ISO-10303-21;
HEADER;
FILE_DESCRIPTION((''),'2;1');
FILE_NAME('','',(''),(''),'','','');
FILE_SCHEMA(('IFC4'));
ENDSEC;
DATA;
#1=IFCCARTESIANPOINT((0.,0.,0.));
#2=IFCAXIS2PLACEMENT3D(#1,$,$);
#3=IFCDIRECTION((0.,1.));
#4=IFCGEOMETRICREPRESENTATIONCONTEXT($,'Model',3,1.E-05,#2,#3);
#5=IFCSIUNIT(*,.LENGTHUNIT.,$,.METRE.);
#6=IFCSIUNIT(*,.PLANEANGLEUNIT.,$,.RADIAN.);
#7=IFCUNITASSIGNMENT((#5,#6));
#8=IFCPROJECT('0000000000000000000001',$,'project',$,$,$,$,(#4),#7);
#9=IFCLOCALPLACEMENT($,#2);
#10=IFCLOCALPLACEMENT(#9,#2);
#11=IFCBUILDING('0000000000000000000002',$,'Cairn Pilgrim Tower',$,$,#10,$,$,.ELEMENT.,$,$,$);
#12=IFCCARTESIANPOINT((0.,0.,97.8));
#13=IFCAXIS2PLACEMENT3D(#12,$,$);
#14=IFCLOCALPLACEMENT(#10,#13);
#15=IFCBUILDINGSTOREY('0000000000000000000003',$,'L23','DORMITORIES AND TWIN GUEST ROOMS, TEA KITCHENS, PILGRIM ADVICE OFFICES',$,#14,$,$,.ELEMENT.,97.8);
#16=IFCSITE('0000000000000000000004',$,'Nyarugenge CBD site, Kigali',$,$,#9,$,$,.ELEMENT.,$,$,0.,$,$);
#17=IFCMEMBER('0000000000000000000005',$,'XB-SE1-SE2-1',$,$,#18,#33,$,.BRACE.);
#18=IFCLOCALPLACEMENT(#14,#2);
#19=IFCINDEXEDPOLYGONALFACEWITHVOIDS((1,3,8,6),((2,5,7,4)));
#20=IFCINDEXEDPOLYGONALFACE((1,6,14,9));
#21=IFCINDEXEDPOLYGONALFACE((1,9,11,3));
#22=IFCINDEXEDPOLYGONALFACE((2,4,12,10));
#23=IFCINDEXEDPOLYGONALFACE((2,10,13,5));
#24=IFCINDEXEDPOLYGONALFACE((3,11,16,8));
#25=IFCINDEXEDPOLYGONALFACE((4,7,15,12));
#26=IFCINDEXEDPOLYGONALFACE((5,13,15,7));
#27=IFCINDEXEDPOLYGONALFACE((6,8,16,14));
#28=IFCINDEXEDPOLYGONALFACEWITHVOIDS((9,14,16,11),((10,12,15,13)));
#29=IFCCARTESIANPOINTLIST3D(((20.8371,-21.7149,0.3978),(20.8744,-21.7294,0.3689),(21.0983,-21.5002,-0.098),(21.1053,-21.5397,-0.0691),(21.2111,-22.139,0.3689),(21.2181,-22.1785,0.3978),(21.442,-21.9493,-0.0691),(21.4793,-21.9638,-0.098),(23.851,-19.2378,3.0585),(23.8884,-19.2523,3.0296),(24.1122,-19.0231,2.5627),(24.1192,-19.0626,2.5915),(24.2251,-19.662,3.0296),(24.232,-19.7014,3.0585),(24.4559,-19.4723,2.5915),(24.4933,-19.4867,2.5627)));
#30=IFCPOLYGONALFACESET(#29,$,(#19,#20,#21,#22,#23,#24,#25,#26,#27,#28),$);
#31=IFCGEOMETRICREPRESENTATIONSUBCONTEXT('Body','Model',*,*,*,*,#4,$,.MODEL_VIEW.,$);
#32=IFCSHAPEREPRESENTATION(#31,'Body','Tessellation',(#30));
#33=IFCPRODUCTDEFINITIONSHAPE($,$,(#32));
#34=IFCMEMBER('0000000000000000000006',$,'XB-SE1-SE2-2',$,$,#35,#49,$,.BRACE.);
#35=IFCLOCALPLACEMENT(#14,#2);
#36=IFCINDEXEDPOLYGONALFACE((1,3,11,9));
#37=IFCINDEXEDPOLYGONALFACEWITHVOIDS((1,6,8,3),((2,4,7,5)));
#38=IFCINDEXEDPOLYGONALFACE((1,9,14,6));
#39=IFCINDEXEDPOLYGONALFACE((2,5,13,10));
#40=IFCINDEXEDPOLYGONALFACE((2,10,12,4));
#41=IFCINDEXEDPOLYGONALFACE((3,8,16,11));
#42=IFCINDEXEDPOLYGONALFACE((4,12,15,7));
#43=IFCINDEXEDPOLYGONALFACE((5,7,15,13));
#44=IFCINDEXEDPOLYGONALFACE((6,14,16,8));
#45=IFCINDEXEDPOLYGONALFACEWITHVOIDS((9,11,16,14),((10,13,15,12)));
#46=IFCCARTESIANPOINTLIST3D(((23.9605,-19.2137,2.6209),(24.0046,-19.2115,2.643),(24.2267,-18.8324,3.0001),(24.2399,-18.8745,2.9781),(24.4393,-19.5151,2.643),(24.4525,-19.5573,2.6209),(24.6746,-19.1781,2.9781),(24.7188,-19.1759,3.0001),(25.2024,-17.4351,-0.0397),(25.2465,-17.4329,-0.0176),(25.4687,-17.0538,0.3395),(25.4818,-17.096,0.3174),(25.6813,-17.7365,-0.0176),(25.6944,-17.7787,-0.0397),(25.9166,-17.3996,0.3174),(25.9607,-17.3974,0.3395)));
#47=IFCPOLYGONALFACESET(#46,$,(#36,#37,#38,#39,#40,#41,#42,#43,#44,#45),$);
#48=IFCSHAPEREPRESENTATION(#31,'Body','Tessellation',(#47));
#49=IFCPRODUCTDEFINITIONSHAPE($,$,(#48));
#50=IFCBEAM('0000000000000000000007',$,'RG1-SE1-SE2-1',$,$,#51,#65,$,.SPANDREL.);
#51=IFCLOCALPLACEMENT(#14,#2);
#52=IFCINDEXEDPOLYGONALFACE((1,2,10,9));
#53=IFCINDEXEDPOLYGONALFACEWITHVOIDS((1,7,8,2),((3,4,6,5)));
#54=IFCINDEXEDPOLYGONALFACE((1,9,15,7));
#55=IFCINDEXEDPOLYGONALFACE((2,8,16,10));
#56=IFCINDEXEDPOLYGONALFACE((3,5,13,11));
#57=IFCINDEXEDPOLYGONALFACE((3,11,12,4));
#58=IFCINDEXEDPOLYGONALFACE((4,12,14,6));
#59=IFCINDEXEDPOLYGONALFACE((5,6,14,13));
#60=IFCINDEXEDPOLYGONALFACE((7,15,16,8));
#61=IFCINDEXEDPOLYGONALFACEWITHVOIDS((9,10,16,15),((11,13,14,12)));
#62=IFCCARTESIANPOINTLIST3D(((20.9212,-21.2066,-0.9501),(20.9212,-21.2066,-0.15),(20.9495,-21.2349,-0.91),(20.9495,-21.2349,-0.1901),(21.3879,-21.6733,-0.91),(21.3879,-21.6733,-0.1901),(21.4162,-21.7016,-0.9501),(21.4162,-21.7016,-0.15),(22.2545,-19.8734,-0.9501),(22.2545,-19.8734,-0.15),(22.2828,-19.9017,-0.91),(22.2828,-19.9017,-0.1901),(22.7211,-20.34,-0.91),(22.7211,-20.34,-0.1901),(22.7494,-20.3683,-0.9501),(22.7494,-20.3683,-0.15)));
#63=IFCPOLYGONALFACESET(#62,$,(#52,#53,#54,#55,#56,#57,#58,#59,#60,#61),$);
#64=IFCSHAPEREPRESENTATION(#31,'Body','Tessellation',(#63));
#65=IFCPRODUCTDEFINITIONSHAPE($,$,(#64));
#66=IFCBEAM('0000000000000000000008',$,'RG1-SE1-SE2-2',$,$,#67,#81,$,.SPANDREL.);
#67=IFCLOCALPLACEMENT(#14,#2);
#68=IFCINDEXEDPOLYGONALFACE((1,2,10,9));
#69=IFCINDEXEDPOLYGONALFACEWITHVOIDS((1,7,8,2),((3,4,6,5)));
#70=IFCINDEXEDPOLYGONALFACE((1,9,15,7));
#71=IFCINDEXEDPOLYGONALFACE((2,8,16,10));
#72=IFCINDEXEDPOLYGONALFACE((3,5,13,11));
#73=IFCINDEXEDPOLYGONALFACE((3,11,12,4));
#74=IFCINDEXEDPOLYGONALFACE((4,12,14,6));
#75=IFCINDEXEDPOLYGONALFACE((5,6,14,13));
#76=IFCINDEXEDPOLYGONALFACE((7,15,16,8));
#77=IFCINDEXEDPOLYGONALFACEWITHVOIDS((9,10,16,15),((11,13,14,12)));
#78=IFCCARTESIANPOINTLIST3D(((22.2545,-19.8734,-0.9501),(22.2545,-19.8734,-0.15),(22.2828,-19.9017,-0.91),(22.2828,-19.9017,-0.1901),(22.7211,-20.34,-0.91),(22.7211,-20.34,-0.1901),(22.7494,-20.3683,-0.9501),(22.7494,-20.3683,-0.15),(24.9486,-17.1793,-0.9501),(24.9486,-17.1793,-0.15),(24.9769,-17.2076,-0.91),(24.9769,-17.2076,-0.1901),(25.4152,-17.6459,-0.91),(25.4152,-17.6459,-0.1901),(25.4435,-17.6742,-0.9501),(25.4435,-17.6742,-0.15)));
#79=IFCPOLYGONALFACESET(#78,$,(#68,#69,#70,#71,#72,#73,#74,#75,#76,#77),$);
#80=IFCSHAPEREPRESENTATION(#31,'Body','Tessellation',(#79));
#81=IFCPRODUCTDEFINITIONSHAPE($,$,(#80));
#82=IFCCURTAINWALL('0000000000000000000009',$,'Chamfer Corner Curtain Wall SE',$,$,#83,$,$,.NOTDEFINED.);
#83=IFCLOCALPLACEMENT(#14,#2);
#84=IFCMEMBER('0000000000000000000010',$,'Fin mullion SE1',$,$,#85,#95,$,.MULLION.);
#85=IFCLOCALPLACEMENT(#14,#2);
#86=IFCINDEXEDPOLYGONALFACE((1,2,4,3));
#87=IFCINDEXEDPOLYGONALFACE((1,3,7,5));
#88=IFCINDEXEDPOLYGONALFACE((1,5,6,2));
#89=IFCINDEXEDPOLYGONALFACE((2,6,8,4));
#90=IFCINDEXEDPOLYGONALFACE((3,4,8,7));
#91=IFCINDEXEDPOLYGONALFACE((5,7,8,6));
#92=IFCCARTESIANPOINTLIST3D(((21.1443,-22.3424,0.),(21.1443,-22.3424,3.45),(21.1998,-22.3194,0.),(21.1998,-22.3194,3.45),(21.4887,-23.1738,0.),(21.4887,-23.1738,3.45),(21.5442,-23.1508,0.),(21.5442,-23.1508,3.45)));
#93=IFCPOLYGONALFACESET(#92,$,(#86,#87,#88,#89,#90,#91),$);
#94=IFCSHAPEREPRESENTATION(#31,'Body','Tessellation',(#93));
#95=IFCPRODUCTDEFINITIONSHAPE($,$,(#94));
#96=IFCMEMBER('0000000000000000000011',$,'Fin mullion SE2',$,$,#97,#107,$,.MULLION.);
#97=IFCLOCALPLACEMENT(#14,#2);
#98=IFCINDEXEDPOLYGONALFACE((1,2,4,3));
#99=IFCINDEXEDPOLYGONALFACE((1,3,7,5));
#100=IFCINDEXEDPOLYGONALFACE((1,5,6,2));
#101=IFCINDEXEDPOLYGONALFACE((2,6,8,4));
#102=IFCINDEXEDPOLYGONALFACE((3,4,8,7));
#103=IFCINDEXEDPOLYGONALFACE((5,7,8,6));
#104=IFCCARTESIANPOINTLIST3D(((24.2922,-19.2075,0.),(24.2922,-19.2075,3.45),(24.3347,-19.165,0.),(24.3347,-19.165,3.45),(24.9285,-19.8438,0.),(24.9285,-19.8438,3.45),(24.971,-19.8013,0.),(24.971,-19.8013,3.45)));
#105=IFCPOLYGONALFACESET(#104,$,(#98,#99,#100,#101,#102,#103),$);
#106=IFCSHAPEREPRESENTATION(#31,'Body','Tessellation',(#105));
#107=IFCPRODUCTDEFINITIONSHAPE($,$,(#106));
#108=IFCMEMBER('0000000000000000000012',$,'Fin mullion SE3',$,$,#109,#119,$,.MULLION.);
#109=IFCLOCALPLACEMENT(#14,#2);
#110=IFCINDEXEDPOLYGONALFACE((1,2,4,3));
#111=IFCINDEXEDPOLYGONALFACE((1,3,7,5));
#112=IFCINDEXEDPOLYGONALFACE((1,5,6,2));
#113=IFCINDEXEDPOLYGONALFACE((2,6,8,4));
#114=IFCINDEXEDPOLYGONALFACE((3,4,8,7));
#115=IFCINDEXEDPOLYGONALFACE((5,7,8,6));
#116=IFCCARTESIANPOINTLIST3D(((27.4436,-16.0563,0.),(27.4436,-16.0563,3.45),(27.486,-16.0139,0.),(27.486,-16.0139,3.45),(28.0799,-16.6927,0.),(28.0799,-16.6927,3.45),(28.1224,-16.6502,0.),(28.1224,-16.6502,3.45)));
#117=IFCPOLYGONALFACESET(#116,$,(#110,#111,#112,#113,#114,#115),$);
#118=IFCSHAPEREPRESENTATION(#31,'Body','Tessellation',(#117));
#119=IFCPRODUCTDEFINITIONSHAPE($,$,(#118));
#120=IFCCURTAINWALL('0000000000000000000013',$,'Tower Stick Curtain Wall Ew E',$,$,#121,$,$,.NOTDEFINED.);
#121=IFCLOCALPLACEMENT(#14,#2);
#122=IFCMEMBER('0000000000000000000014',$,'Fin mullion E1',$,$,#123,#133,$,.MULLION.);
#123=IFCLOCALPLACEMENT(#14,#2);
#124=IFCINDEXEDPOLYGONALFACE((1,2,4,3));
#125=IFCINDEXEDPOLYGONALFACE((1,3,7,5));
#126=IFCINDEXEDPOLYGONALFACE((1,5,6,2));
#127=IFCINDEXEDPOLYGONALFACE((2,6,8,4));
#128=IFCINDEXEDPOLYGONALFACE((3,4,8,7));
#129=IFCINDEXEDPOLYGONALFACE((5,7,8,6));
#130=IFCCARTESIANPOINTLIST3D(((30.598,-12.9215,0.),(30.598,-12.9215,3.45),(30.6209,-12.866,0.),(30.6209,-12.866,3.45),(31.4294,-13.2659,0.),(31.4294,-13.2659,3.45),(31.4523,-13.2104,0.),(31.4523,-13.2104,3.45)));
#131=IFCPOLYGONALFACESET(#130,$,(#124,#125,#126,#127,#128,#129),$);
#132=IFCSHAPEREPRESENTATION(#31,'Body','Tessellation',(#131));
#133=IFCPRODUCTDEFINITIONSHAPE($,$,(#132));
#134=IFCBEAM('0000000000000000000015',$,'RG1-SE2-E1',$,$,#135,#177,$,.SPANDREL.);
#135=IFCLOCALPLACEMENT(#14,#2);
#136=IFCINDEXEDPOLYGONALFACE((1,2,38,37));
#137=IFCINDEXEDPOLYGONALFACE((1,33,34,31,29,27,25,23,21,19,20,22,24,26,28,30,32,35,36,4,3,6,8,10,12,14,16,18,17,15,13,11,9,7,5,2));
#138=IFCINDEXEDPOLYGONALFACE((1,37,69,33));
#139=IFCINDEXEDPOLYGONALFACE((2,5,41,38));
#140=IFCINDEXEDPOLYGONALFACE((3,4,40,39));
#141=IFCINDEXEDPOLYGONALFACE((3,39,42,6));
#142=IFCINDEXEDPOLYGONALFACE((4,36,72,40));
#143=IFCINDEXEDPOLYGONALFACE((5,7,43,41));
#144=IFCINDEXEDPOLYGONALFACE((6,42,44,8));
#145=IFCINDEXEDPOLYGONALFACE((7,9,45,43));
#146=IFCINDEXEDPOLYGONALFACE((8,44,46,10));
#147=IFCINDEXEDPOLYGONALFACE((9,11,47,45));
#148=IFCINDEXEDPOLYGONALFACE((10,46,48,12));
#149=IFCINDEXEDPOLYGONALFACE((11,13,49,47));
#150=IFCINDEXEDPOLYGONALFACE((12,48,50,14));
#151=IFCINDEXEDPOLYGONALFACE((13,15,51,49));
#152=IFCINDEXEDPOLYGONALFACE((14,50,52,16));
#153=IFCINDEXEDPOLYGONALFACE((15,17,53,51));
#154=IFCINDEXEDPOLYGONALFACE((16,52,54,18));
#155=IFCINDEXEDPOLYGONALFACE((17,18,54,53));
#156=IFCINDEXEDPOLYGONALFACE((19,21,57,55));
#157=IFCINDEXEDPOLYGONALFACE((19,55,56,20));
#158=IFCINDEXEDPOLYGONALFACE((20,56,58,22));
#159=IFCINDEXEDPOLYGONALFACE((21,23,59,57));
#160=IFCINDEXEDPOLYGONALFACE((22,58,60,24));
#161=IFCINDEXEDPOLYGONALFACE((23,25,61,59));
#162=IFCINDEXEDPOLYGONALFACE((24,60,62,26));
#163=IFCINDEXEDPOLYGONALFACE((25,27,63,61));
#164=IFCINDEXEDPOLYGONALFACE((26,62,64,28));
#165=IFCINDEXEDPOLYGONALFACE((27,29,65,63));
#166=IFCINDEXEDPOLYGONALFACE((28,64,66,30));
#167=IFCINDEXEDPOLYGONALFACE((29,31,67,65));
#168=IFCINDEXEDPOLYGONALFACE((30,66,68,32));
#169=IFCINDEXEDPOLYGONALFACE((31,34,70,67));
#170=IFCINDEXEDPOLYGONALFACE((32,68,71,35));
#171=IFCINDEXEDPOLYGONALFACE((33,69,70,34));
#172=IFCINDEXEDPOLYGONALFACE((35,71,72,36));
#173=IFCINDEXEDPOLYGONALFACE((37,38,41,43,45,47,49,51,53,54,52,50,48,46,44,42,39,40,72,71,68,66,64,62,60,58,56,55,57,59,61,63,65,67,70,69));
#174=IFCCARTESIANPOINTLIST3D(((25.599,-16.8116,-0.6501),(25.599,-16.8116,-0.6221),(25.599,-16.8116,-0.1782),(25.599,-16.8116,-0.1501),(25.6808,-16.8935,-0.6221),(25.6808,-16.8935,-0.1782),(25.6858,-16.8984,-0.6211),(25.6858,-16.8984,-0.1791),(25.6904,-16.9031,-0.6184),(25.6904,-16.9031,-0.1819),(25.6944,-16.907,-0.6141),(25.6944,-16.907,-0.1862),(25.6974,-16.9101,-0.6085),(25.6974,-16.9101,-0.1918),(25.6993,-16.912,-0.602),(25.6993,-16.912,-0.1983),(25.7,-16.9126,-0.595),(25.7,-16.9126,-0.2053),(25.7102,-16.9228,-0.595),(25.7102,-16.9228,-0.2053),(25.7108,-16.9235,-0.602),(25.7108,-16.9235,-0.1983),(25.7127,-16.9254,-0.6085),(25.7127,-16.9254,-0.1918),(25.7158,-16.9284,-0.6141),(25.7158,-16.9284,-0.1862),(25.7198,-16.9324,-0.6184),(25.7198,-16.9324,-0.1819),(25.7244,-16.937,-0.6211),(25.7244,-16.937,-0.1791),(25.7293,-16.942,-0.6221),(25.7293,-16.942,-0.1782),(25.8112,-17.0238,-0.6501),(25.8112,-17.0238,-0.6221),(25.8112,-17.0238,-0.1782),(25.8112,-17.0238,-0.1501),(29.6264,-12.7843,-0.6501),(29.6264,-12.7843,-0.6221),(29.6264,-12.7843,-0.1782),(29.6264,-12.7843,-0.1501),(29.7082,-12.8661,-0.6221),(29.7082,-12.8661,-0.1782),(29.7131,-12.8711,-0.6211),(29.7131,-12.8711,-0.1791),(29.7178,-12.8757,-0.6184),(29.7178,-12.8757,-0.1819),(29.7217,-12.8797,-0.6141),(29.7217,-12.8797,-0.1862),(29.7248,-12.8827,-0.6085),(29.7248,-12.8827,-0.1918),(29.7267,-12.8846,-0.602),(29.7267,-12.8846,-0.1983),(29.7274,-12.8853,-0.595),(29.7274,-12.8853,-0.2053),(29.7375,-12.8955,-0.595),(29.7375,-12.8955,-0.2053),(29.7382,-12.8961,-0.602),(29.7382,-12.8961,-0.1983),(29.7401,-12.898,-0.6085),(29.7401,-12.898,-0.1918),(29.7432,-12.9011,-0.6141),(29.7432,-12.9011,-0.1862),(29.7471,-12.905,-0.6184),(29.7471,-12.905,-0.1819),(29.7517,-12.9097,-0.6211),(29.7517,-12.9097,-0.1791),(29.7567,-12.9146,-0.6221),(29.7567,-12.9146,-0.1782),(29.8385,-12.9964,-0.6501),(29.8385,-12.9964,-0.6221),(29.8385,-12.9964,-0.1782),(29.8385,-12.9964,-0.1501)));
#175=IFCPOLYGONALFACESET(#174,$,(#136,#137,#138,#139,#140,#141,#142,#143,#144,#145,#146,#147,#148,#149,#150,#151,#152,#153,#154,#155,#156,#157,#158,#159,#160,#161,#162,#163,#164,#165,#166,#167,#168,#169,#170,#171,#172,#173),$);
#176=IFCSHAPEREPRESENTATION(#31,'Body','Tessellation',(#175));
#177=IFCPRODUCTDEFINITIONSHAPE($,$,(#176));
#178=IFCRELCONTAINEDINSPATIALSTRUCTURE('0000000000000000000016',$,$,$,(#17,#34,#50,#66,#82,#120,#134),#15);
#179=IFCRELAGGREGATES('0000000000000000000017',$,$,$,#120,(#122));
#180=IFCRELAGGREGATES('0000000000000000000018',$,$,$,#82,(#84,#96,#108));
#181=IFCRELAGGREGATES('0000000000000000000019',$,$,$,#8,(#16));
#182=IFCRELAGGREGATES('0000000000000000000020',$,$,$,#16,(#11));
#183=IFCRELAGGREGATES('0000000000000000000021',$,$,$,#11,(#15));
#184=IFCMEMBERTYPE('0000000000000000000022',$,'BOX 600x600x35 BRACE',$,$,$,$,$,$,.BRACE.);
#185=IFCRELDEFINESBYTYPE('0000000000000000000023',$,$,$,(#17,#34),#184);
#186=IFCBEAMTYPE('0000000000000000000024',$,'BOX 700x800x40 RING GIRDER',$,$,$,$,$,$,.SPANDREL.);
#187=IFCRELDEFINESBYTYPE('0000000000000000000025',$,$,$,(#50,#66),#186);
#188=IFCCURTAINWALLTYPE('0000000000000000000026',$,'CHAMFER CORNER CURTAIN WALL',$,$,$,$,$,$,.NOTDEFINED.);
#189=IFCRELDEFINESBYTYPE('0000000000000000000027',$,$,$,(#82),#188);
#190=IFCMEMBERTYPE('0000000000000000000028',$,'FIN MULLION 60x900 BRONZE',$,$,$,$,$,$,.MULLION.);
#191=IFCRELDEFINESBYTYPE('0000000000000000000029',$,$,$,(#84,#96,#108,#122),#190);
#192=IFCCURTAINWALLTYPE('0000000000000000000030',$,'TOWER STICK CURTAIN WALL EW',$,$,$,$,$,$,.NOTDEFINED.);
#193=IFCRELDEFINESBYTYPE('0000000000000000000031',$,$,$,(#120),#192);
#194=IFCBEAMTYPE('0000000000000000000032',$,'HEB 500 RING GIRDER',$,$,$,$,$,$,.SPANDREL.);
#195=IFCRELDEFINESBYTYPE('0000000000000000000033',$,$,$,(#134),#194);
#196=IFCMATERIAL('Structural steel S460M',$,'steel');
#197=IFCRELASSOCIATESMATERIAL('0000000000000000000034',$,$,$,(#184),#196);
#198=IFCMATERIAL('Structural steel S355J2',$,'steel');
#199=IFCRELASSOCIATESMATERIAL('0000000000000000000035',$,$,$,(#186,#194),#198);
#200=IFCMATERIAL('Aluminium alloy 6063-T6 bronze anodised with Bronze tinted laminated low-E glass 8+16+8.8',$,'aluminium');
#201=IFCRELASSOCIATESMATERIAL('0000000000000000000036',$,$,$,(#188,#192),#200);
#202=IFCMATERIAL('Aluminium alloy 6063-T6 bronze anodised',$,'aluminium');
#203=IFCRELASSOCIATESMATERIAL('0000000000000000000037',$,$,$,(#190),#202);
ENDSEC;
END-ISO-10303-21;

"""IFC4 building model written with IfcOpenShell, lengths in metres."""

from ifc_helpers import new_model, si_unit, direction, frame, origin, origin_2d, place, context, subcontext, project, spatial, rectangle, hollow_rectangle, i_section, extrude, material, material_profile, profile_set, type_object, element, aggregate, save


model = new_model("IFC4")

# Units and contexts
model_context = context("Model", 3, precision=1e-05, world=origin(), true_north=direction((0.0, 1.0)))
body_context = subcontext(model_context, "Body", "Model", "MODEL_VIEW")
ifc_project = project(units=[si_unit("LENGTHUNIT", "METRE"), si_unit("PLANEANGLEUNIT", "RADIAN")], contexts=[model_context])

# Site, building, storey
site_placement = place(None, origin())
site = spatial("IfcSite", under=ifc_project, at=site_placement, Name="Nyarugenge CBD site, Kigali", CompositionType="ELEMENT", RefElevation=0.0)
building_placement = place(site_placement, origin())
building = spatial("IfcBuilding", under=site, at=building_placement, Name="Cairn Pilgrim Tower", CompositionType="ELEMENT")
storey_placement = place(building_placement, frame((0.0, 0.0, 97.8)))
storey = spatial("IfcBuildingStorey", under=building, at=storey_placement, Name="L23", Description="DORMITORIES AND TWIN GUEST ROOMS, TEA KITCHENS, PILGRIM ADVICE OFFICES", CompositionType="ELEMENT", Elevation=97.8)

# Shared definitions
ifc_material_1 = material(Name="Structural steel S460M", Category="steel")

# Members
ifc_material_profile_1 = material_profile(ifc_material_1, hollow_rectangle(XDim=0.6001, YDim=0.6001, WallThickness=0.0349, at=origin_2d()), Name="BOX 600x600x35")
ifc_profile_set_1 = profile_set([ifc_material_profile_1], Name="Structural steel S460M")
member_type_1 = type_object("IfcMemberType", Name="BOX 600x600x35 BRACE", PredefinedType="BRACE", material=ifc_profile_set_1)
member_1_placement = place(storey_placement, frame((21.1582, -21.8394, 0.1499), z_axis=(0.638254, 0.524562, 0.563442), x_axis=(-0.634944, 0.772559, 0.0)))
element("IfcMember", 1, at=member_1_placement, inside=storey, type_object=member_type_1, Name="XB-SE1-SE2-1", PredefinedType="BRACE", context=body_context, shape_type="SweptSolid", body=[
    extrude(hollow_rectangle(XDim=0.6001, YDim=0.6001, WallThickness=0.0349, at=origin_2d()), origin(), (0.0, 0.0, 1.0), 4.7222),
])
member_2_placement = place(storey_placement, frame((25.5815, -17.4163, 0.1499), z_axis=(-0.361778, -0.518095, 0.775045), x_axis=(0.819892, -0.572518, 0.0)))
element("IfcMember", 2, at=member_2_placement, inside=storey, type_object=member_type_1, Name="XB-SE1-SE2-2", PredefinedType="BRACE", context=body_context, shape_type="SweptSolid", body=[
    extrude(hollow_rectangle(XDim=0.6001, YDim=0.6001, WallThickness=0.0349, at=origin_2d()), origin(), (0.0, 0.0, 1.0), 3.4329),
])

# Beams
ifc_material_2 = material(Name="Structural steel S355J2", Category="steel")
ifc_material_profile_2 = material_profile(ifc_material_2, hollow_rectangle(XDim=0.7, YDim=0.8, WallThickness=0.04, at=origin_2d()), Name="BOX 700x800x40")
ifc_profile_set_2 = profile_set([ifc_material_profile_2], Name="Structural steel S355J2")
beam_type_1 = type_object("IfcBeamType", Name="BOX 700x800x40 RING GIRDER", PredefinedType="SPANDREL", material=ifc_profile_set_2)
beam_1_placement = place(storey_placement, frame((21.1687, -21.4541, -0.55), z_axis=(0.707107, 0.707107, 0.0), x_axis=(-0.707107, 0.707107, 0.0)))
element("IfcBeam", 3, at=beam_1_placement, inside=storey, type_object=beam_type_1, Name="RG1-SE1-SE2-1", PredefinedType="SPANDREL", context=body_context, shape_type="SweptSolid", body=[
    extrude(hollow_rectangle(XDim=0.7, YDim=0.8, WallThickness=0.04, at=origin_2d()), origin(), (0.0, 0.0, 1.0), 1.8855),
])
beam_2_placement = place(storey_placement, frame((22.502, -20.1208, -0.55), z_axis=(0.707107, 0.707107, 0.0), x_axis=(-0.707107, 0.707107, 0.0)))
element("IfcBeam", 4, at=beam_2_placement, inside=storey, type_object=beam_type_1, Name="RG1-SE1-SE2-2", PredefinedType="SPANDREL", context=body_context, shape_type="SweptSolid", body=[
    extrude(hollow_rectangle(XDim=0.7, YDim=0.8, WallThickness=0.04, at=origin_2d()), origin(), (0.0, 0.0, 1.0), 3.8101),
])

# Curtain wall, members
ifc_material_3 = material(Name="Aluminium alloy 6063-T6 bronze anodised with Bronze tinted laminated low-E glass 8+16+8.8", Category="aluminium")
curtain_wall_type_1 = type_object("IfcCurtainWallType", Name="CHAMFER CORNER CURTAIN WALL", PredefinedType="NOTDEFINED", material=ifc_material_3)
curtain_wall_1_placement = place(storey_placement, origin())
curtain_wall_1 = element("IfcCurtainWall", 5, at=curtain_wall_1_placement, inside=storey, type_object=curtain_wall_type_1, Name="Chamfer Corner Curtain Wall SE", PredefinedType="NOTDEFINED")
ifc_material_4 = material(Name="Aluminium alloy 6063-T6 bronze anodised", Category="aluminium")
ifc_material_profile_3 = material_profile(ifc_material_4, rectangle(XDim=0.8999, YDim=0.0601, at=origin_2d()), Name="FIN MULLION 60x900 BRONZE")
ifc_profile_set_3 = profile_set([ifc_material_profile_3], Name="Aluminium alloy 6063-T6 bronze anodised")
member_type_2 = type_object("IfcMemberType", Name="FIN MULLION 60x900 BRONZE", PredefinedType="MULLION", material=ifc_profile_set_3)
member_3_placement = place(storey_placement, frame((21.3442, -22.7466, 0.0), z_axis=(0.0, 0.0, 1.0), x_axis=(0.382683, -0.92388, 0.0)))
member_3 = element("IfcMember", 6, at=member_3_placement, type_object=member_type_2, Name="Fin mullion SE1", PredefinedType="MULLION", context=body_context, shape_type="SweptSolid", body=[
    extrude(rectangle(XDim=0.8999, YDim=0.0601, at=origin_2d()), origin(), (0.0, 0.0, 1.0), 3.45),
])
member_4_placement = place(storey_placement, frame((24.6316, -19.5044, 0.0), z_axis=(0.0, 0.0, 1.0), x_axis=(0.707107, -0.707107, 0.0)))
member_4 = element("IfcMember", 7, at=member_4_placement, type_object=member_type_2, Name="Fin mullion SE2", PredefinedType="MULLION", context=body_context, shape_type="SweptSolid", body=[
    extrude(rectangle(XDim=0.8999, YDim=0.0601, at=origin_2d()), origin(), (0.0, 0.0, 1.0), 3.45),
])
member_5_placement = place(storey_placement, frame((27.783, -16.3533, 0.0), z_axis=(0.0, 0.0, 1.0), x_axis=(0.707107, -0.707107, 0.0)))
member_5 = element("IfcMember", 8, at=member_5_placement, type_object=member_type_2, Name="Fin mullion SE3", PredefinedType="MULLION", context=body_context, shape_type="SweptSolid", body=[
    extrude(rectangle(XDim=0.8999, YDim=0.0601, at=origin_2d()), origin(), (0.0, 0.0, 1.0), 3.45),
])

# Curtain wall, member
curtain_wall_type_2 = type_object("IfcCurtainWallType", Name="TOWER STICK CURTAIN WALL EW", PredefinedType="NOTDEFINED", material=ifc_material_3)
curtain_wall_2_placement = place(storey_placement, origin())
curtain_wall_2 = element("IfcCurtainWall", 9, at=curtain_wall_2_placement, inside=storey, type_object=curtain_wall_type_2, Name="Tower Stick Curtain Wall Ew E", PredefinedType="NOTDEFINED")
member_6_placement = place(storey_placement, frame((31.0251, -13.0659, 0.0), z_axis=(0.0, 0.0, 1.0), x_axis=(0.92388, -0.382683, 0.0)))
member_6 = element("IfcMember", 10, at=member_6_placement, type_object=member_type_2, Name="Fin mullion E1", PredefinedType="MULLION", context=body_context, shape_type="SweptSolid", body=[
    extrude(rectangle(XDim=0.8999, YDim=0.0601, at=origin_2d()), origin(), (0.0, 0.0, 1.0), 3.45),
])

# Beam
ifc_material_profile_4 = material_profile(ifc_material_2, i_section(OverallWidth=0.3, OverallDepth=0.5, WebThickness=0.0144, FlangeThickness=0.0281, FilletRadius=0.0271, at=origin_2d()), Name="HEB 500")
ifc_profile_set_4 = profile_set([ifc_material_profile_4], Name="Structural steel S355J2")
beam_type_2 = type_object("IfcBeamType", Name="HEB 500 RING GIRDER", PredefinedType="SPANDREL", material=ifc_profile_set_4)
beam_3_placement = place(storey_placement, frame((25.7051, -16.9177, -0.4001), z_axis=(0.707107, 0.707107, 0.0), x_axis=(-0.707107, 0.707107, 0.0)))
element("IfcBeam", 11, at=beam_3_placement, inside=storey, type_object=beam_type_2, Name="RG1-SE2-E1", PredefinedType="SPANDREL", context=body_context, shape_type="SweptSolid", body=[
    extrude(i_section(OverallWidth=0.3, OverallDepth=0.5, WebThickness=0.0144, FlangeThickness=0.0281, FilletRadius=0.0271, at=origin_2d()), origin(), (0.0, 0.0, 1.0), 5.6956),
])

aggregate(curtain_wall_2, [member_6])

aggregate(curtain_wall_1, [member_3, member_4, member_5])

save(model, "model.ifc")
